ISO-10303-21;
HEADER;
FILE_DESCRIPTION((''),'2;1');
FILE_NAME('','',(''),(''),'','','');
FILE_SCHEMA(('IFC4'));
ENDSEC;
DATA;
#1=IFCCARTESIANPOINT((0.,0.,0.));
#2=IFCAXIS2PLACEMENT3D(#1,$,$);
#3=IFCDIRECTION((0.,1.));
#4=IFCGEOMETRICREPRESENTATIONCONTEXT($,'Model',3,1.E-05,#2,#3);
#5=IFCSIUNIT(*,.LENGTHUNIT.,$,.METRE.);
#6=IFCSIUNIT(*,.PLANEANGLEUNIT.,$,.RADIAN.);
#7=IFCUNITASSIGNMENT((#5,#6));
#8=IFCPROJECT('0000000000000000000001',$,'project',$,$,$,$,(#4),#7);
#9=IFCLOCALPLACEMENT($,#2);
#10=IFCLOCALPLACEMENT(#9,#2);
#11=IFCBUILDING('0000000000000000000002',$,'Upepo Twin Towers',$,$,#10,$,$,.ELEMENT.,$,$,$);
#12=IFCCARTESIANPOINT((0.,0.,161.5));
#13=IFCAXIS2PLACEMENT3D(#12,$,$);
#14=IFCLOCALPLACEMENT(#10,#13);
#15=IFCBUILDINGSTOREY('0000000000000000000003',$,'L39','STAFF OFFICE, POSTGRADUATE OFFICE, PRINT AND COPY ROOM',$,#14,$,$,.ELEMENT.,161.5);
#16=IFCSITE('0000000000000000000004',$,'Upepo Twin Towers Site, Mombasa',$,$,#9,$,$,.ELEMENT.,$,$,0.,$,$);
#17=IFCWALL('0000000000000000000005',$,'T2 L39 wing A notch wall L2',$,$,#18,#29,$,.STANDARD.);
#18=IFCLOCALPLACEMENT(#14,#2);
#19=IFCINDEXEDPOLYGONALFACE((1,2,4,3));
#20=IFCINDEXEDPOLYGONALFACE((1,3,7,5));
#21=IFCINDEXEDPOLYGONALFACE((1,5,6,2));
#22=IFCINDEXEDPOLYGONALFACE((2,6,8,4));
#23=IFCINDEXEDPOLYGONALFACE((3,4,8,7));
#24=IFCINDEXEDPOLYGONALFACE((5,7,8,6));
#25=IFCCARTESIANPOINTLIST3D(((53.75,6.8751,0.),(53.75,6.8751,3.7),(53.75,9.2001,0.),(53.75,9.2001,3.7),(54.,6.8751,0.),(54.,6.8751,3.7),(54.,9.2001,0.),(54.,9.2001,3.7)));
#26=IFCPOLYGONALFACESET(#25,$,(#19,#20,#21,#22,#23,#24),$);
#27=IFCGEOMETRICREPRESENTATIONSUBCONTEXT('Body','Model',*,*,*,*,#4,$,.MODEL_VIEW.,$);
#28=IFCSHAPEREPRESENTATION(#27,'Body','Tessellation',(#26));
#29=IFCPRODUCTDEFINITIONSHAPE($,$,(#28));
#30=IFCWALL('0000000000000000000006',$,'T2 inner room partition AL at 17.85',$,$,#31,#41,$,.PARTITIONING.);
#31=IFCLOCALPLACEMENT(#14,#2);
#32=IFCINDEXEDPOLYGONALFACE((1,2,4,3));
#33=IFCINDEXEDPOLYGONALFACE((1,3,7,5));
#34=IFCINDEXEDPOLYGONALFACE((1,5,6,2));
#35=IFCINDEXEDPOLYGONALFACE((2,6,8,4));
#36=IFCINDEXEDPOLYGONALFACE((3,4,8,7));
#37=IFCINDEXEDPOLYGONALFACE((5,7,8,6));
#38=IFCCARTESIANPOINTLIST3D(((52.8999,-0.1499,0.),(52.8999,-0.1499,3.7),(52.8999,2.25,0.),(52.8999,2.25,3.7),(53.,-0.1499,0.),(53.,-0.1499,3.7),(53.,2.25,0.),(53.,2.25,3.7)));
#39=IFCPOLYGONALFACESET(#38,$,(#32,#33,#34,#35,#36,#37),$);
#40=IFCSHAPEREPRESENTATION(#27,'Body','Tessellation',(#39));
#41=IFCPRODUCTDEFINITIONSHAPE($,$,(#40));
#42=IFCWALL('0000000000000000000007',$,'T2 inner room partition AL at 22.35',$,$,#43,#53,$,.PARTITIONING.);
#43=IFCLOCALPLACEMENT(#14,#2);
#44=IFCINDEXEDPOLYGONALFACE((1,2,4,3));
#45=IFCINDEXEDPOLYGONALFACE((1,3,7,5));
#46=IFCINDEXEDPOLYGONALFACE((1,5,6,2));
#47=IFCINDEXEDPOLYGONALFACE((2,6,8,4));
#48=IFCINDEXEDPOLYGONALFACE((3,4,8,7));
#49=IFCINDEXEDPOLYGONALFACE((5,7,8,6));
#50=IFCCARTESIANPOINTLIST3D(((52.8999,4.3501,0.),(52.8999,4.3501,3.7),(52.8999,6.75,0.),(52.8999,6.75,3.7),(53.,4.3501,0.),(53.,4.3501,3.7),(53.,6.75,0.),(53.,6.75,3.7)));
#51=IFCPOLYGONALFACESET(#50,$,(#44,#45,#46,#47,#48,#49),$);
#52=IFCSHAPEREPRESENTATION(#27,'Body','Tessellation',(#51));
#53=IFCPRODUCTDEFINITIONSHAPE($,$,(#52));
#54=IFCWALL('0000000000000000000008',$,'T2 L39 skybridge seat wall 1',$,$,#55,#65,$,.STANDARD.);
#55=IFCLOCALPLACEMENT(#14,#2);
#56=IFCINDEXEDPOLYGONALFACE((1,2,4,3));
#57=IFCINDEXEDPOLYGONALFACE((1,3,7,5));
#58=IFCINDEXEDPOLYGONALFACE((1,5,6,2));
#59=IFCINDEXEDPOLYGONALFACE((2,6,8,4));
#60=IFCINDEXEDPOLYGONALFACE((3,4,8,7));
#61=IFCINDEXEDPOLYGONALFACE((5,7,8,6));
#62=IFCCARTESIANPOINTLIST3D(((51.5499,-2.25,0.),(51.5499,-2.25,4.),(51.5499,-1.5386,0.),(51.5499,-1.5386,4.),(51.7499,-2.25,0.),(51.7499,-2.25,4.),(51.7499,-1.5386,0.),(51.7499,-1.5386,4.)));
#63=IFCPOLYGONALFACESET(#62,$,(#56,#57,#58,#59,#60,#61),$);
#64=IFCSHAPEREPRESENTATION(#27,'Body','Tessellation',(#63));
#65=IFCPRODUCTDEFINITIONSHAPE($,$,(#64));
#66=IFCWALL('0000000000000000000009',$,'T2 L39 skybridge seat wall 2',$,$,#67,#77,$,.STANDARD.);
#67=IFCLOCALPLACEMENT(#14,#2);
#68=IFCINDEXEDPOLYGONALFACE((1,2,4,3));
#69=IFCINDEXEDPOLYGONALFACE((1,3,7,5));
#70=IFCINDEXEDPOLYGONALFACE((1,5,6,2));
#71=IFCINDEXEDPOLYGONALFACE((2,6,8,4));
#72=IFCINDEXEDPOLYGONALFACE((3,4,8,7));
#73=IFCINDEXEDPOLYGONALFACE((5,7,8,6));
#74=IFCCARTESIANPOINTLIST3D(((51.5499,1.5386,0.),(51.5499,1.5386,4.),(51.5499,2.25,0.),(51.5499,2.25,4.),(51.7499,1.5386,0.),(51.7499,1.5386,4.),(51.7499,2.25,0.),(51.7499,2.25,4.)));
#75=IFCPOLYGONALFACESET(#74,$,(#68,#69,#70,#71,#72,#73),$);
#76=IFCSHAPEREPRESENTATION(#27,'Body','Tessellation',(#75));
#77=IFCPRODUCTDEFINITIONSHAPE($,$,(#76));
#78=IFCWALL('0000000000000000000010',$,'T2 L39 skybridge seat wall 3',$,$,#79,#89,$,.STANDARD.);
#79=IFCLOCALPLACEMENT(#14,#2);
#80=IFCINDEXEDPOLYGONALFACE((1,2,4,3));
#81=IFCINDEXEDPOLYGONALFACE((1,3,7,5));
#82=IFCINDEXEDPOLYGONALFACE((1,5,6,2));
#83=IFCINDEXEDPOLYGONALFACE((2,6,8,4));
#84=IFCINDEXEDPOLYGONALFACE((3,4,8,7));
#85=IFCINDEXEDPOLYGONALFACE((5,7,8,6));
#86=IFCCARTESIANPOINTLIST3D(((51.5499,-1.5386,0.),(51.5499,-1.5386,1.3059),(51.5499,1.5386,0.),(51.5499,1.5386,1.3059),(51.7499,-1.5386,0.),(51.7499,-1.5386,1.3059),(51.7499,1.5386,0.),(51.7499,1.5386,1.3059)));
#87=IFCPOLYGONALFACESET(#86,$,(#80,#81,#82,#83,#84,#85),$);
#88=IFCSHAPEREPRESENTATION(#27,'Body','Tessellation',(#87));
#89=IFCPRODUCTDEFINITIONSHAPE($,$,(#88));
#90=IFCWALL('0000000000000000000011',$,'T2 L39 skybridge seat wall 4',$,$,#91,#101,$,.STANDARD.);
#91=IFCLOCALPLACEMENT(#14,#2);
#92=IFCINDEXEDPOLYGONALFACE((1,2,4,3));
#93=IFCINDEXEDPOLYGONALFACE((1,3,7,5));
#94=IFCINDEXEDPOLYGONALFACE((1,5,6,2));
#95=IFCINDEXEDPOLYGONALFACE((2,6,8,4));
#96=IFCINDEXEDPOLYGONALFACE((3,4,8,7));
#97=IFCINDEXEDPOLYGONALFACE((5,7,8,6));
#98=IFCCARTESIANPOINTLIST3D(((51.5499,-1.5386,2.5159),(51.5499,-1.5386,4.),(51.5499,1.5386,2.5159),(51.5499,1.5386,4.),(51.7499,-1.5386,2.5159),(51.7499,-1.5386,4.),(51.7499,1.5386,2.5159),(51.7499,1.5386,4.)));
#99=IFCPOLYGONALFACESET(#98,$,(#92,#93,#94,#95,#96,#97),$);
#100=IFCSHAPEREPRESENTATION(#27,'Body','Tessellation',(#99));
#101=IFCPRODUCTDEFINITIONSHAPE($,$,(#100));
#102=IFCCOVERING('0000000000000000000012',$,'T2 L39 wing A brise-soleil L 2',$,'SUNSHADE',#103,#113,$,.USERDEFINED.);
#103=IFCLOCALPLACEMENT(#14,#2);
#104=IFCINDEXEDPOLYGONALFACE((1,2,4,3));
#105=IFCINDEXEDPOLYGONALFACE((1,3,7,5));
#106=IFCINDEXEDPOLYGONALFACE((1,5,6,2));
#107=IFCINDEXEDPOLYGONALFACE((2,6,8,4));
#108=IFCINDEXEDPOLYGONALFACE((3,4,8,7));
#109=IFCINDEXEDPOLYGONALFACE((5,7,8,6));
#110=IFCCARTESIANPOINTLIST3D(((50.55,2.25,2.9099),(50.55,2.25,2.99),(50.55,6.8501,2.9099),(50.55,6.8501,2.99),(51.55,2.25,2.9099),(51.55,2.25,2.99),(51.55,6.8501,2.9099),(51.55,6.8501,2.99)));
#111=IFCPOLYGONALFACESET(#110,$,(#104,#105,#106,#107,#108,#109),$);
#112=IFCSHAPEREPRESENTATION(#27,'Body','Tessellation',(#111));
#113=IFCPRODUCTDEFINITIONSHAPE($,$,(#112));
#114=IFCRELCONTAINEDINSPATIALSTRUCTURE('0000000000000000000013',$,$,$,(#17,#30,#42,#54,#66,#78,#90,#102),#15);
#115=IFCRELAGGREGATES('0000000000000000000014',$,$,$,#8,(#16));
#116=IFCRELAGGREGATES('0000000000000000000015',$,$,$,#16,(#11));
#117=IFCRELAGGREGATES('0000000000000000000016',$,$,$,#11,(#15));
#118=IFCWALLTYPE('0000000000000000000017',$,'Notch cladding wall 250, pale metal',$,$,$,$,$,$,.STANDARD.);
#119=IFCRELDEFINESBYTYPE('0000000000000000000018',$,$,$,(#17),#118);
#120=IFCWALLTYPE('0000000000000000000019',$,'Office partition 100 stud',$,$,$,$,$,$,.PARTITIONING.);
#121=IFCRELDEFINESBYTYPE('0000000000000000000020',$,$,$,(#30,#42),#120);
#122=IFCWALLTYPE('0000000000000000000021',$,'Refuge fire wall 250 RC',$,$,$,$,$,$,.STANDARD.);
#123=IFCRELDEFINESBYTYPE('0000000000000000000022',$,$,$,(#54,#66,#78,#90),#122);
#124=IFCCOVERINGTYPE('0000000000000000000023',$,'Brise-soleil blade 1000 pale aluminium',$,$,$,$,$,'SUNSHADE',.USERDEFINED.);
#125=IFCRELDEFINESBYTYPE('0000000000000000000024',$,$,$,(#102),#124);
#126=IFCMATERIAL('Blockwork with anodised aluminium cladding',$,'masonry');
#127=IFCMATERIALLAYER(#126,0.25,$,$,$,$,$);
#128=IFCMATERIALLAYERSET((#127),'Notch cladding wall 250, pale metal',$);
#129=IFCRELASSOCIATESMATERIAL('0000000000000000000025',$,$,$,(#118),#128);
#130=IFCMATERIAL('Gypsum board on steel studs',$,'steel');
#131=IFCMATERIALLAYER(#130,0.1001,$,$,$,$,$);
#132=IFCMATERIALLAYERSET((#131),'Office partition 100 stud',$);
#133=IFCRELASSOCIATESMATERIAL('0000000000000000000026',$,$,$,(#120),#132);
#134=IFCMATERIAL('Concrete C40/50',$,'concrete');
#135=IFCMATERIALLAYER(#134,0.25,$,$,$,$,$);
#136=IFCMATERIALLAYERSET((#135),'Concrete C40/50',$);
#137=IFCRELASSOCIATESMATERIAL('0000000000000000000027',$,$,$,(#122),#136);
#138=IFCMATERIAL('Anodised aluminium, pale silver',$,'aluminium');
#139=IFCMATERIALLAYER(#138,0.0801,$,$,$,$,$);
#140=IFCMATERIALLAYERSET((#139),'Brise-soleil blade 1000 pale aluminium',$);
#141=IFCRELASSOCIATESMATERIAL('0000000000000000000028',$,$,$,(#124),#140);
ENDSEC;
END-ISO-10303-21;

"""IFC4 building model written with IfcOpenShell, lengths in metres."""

from ifc_helpers import new_model, si_unit, direction, frame, frame_2d, origin, origin_2d, place, context, subcontext, project, spatial, rectangle, extrude, material, layer, layer_set, type_object, element, save


model = new_model("IFC4")

# Units and contexts
model_context = context("Model", 3, precision=1e-05, world=origin(), true_north=direction((0.0, 1.0)))
body_context = subcontext(model_context, "Body", "Model", "MODEL_VIEW")
ifc_project = project(units=[si_unit("LENGTHUNIT", "METRE"), si_unit("PLANEANGLEUNIT", "RADIAN")], contexts=[model_context])

# Site, building, storey
site_placement = place(None, origin())
site = spatial("IfcSite", under=ifc_project, at=site_placement, Name="Upepo Twin Towers Site, Mombasa", CompositionType="ELEMENT", RefElevation=0.0)
building_placement = place(site_placement, origin())
building = spatial("IfcBuilding", under=site, at=building_placement, Name="Upepo Twin Towers", CompositionType="ELEMENT")
storey_placement = place(building_placement, frame((0.0, 0.0, 161.5)))
storey = spatial("IfcBuildingStorey", under=building, at=storey_placement, Name="L39", Description="STAFF OFFICE, POSTGRADUATE OFFICE, PRINT AND COPY ROOM", CompositionType="ELEMENT", Elevation=161.5)

# Walls
ifc_material_1 = material(Name="Blockwork with anodised aluminium cladding", Category="masonry")
ifc_layer_1 = layer(ifc_material_1, 0.25)
ifc_layer_set_1 = layer_set([ifc_layer_1], Name="Notch cladding wall 250, pale metal")
wall_type_1 = type_object("IfcWallType", Name="Notch cladding wall 250, pale metal", PredefinedType="STANDARD", material=ifc_layer_set_1)
for number, where, z_axis, x_axis, name in (
    (1, (53.875, 6.875, 0.0), (0.0, 0.0, 1.0), (0.0, 1.0, 0.0), "T2 L39 wing A notch wall L2"),
):
    element("IfcWall", number, at=place(storey_placement, frame(where, z_axis=z_axis, x_axis=x_axis)), inside=storey, type_object=wall_type_1, Name=name, PredefinedType="STANDARD", context=body_context, shape_type="SweptSolid", body=[
        extrude(rectangle(XDim=2.325, YDim=0.25, at=frame_2d((1.1626, 0.0))), origin(), (0.0, 0.0, 1.0), 3.7),
    ])
ifc_material_2 = material(Name="Gypsum board on steel studs", Category="steel")
ifc_layer_2 = layer(ifc_material_2, 0.1001)
ifc_layer_set_2 = layer_set([ifc_layer_2], Name="Office partition 100 stud")
wall_type_2 = type_object("IfcWallType", Name="Office partition 100 stud", PredefinedType="PARTITIONING", material=ifc_layer_set_2)
for number, where, z_axis, x_axis, name in (
    (2, (52.95, -0.1499, 0.0), (0.0, 0.0, 1.0), (0.0, 1.0, 0.0), "T2 inner room partition AL at 17.85"),
    (3, (52.95, 4.3501, 0.0), (0.0, 0.0, 1.0), (0.0, 1.0, 0.0), "T2 inner room partition AL at 22.35"),
):
    element("IfcWall", number, at=place(storey_placement, frame(where, z_axis=z_axis, x_axis=x_axis)), inside=storey, type_object=wall_type_2, Name=name, PredefinedType="PARTITIONING", context=body_context, shape_type="SweptSolid", body=[
        extrude(rectangle(XDim=2.3999, YDim=0.1001, at=frame_2d((1.2, 0.0))), origin(), (0.0, 0.0, 1.0), 3.7),
    ])
ifc_material_3 = material(Name="Concrete C40/50", Category="concrete")
ifc_layer_3 = layer(ifc_material_3, 0.25)
ifc_layer_set_3 = layer_set([ifc_layer_3], Name="Concrete C40/50")
wall_type_3 = type_object("IfcWallType", Name="Refuge fire wall 250 RC", PredefinedType="STANDARD", material=ifc_layer_set_3)
for number, where, z_axis, x_axis, name in (
    (4, (51.6499, -2.25, 0.0), (0.0, 0.0, 1.0), (0.0, 1.0, 0.0), "T2 L39 skybridge seat wall 1"),
    (5, (51.6499, 1.5386, 0.0), (0.0, 0.0, 1.0), (0.0, 1.0, 0.0), "T2 L39 skybridge seat wall 2"),
):
    element("IfcWall", number, at=place(storey_placement, frame(where, z_axis=z_axis, x_axis=x_axis)), inside=storey, type_object=wall_type_3, Name=name, PredefinedType="STANDARD", context=body_context, shape_type="SweptSolid", body=[
        extrude(rectangle(XDim=0.7114, YDim=0.2, at=frame_2d((0.3557, 0.0))), origin(), (0.0, 0.0, 1.0), 4.0),
    ])
wall_1_placement = place(storey_placement, frame((51.6499, -1.5386, 0.0), z_axis=(0.0, 0.0, 1.0), x_axis=(0.0, 1.0, 0.0)))
element("IfcWall", 6, at=wall_1_placement, inside=storey, type_object=wall_type_3, Name="T2 L39 skybridge seat wall 3", PredefinedType="STANDARD", context=body_context, shape_type="SweptSolid", body=[
    extrude(rectangle(XDim=3.0771, YDim=0.2, at=frame_2d((1.5386, 0.0))), origin(), (0.0, 0.0, 1.0), 1.3059),
])
wall_2_placement = place(storey_placement, frame((51.6499, -1.5386, 2.5159), z_axis=(0.0, 0.0, 1.0), x_axis=(0.0, 1.0, 0.0)))
element("IfcWall", 7, at=wall_2_placement, inside=storey, type_object=wall_type_3, Name="T2 L39 skybridge seat wall 4", PredefinedType="STANDARD", context=body_context, shape_type="SweptSolid", body=[
    extrude(rectangle(XDim=3.0771, YDim=0.2, at=frame_2d((1.5386, 0.0))), origin(), (0.0, 0.0, 1.0), 1.4841),
])

# Covering
ifc_material_4 = material(Name="Anodised aluminium, pale silver", Category="aluminium")
ifc_layer_4 = layer(ifc_material_4, 0.0801)
ifc_layer_set_4 = layer_set([ifc_layer_4], Name="Brise-soleil blade 1000 pale aluminium")
covering_type = type_object("IfcCoveringType", Name="Brise-soleil blade 1000 pale aluminium", ElementType="SUNSHADE", PredefinedType="USERDEFINED", material=ifc_layer_set_4)
covering_placement = place(storey_placement, frame((51.05, 4.55, 2.9099), z_axis=(0.0, 0.0, 1.0), x_axis=(0.0, 1.0, 0.0)))
element("IfcCovering", 8, at=covering_placement, inside=storey, type_object=covering_type, Name="T2 L39 wing A brise-soleil L 2", ObjectType="SUNSHADE", PredefinedType="USERDEFINED", context=body_context, shape_type="SweptSolid", body=[
    extrude(rectangle(XDim=4.6001, YDim=1.0, at=origin_2d()), origin(), (0.0, 0.0, 1.0), 0.0801),
])

save(model, "model.ifc")
